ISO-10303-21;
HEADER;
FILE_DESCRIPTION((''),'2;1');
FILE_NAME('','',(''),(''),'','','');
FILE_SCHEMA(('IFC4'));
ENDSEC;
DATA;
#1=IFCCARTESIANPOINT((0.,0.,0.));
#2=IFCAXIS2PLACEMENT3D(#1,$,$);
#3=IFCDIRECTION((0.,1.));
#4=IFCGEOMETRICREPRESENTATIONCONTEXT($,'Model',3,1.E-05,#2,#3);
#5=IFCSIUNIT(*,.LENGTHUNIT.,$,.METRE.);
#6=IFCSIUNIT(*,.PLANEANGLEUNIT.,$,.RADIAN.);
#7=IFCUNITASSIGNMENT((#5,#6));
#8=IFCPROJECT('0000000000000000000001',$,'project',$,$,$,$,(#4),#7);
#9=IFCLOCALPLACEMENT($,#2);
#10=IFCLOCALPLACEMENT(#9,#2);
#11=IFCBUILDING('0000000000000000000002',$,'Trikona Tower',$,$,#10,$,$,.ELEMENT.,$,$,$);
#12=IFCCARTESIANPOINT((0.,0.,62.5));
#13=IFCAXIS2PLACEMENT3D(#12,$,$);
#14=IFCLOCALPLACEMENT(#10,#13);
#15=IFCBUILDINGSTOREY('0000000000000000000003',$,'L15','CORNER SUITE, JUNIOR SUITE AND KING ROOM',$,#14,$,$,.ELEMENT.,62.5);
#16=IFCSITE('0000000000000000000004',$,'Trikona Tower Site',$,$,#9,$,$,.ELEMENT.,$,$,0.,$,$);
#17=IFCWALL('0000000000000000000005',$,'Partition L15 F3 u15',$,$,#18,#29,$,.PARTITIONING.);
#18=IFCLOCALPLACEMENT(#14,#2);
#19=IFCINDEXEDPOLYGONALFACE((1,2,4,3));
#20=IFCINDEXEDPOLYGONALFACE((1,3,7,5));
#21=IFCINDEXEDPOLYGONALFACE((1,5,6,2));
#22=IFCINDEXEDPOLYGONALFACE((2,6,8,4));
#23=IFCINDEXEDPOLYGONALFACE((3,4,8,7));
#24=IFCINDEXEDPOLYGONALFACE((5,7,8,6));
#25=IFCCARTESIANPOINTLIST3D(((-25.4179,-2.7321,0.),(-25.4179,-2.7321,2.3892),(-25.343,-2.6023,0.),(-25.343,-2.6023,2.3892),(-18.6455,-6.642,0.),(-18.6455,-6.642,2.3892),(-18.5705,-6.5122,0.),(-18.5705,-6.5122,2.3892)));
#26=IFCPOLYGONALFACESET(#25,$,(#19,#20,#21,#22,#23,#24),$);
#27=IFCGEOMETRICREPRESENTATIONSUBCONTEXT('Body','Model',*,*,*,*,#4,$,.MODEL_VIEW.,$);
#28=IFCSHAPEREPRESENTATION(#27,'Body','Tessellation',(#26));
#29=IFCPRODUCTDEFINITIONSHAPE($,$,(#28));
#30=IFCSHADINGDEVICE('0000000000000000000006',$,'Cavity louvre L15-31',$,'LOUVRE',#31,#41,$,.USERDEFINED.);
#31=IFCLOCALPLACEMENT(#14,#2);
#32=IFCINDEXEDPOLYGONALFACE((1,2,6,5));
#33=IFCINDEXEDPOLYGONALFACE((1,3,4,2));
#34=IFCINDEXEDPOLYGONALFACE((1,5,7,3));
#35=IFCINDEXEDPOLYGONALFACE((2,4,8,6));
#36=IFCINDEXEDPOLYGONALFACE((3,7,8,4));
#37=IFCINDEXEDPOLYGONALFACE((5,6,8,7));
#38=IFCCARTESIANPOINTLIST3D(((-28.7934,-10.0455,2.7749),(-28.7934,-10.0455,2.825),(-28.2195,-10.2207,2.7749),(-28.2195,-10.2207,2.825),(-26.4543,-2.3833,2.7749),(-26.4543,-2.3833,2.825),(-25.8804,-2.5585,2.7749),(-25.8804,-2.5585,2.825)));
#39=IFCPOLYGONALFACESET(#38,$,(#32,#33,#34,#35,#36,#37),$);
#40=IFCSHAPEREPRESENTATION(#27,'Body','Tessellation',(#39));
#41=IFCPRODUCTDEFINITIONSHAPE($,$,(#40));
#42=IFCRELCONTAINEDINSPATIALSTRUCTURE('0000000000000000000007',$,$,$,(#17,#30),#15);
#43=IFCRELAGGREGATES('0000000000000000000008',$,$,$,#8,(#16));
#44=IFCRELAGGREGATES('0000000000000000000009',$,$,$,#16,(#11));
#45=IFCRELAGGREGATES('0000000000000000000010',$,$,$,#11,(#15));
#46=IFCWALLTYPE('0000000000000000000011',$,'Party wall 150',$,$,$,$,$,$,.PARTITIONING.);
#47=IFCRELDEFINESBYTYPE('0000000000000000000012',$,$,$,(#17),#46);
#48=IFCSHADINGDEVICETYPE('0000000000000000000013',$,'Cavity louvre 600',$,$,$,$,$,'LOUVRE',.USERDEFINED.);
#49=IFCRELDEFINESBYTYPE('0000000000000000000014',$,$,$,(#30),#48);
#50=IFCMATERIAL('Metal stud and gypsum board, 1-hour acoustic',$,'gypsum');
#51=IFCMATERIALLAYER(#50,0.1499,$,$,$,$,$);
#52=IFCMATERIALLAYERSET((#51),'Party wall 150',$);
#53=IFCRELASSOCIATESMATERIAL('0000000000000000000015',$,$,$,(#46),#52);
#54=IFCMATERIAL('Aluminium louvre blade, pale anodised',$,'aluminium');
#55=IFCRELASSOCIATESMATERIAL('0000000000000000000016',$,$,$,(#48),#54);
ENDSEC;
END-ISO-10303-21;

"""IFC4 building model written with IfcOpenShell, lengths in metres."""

from ifc_helpers import new_model, si_unit, direction, frame, frame_2d, origin, origin_2d, place, context, subcontext, project, spatial, rectangle, extrude, material, layer, layer_set, type_object, element, save


model = new_model("IFC4")

# Units and contexts
model_context = context("Model", 3, precision=1e-05, world=origin(), true_north=direction((0.0, 1.0)))
body_context = subcontext(model_context, "Body", "Model", "MODEL_VIEW")
ifc_project = project(units=[si_unit("LENGTHUNIT", "METRE"), si_unit("PLANEANGLEUNIT", "RADIAN")], contexts=[model_context])

# Site, building, storey
site_placement = place(None, origin())
site = spatial("IfcSite", under=ifc_project, at=site_placement, Name="Trikona Tower Site", CompositionType="ELEMENT", RefElevation=0.0)
building_placement = place(site_placement, origin())
building = spatial("IfcBuilding", under=site, at=building_placement, Name="Trikona Tower", CompositionType="ELEMENT")
storey_placement = place(building_placement, frame((0.0, 0.0, 62.5)))
storey = spatial("IfcBuildingStorey", under=building, at=storey_placement, Name="L15", Description="CORNER SUITE, JUNIOR SUITE AND KING ROOM", CompositionType="ELEMENT", Elevation=62.5)

# Wall
ifc_material_1 = material(Name="Metal stud and gypsum board, 1-hour acoustic", Category="gypsum")
ifc_layer_1 = layer(ifc_material_1, 0.1499)
ifc_layer_set_1 = layer_set([ifc_layer_1], Name="Party wall 150")
wall_type_1 = type_object("IfcWallType", Name="Party wall 150", PredefinedType="PARTITIONING", material=ifc_layer_set_1)
wall_1_placement = place(storey_placement, frame((-18.6079, -6.5771, 0.0), z_axis=(0.0, 0.0, 1.0), x_axis=(-0.866035, 0.499984, 0.0)))
element("IfcWall", 1, at=wall_1_placement, inside=storey, type_object=wall_type_1, Name="Partition L15 F3 u15", PredefinedType="PARTITIONING", context=body_context, shape_type="SweptSolid", body=[
    extrude(rectangle(XDim=7.8201, YDim=0.1499, at=frame_2d((3.9102, 0.0))), origin(), (0.0, 0.0, 1.0), 2.3892),
])

# Shading device
ifc_material_2 = material(Name="Aluminium louvre blade, pale anodised", Category="aluminium")
shading_device_type = type_object("IfcShadingDeviceType", Name="Cavity louvre 600", ElementType="LOUVRE", PredefinedType="USERDEFINED", material=ifc_material_2)
shading_device_placement = place(storey_placement, frame((-27.3369, -6.302, 2.7749), z_axis=(0.0, 0.0, 1.0), x_axis=(-0.291979, -0.956425, 0.0)))
element("IfcShadingDevice", 2, at=shading_device_placement, inside=storey, type_object=shading_device_type, Name="Cavity louvre L15-31", ObjectType="LOUVRE", PredefinedType="USERDEFINED", context=body_context, shape_type="SweptSolid", body=[
    extrude(rectangle(XDim=8.0112, YDim=0.6001, at=origin_2d()), origin(), (0.0, 0.0, 1.0), 0.05),
])

save(model, "model.ifc")
